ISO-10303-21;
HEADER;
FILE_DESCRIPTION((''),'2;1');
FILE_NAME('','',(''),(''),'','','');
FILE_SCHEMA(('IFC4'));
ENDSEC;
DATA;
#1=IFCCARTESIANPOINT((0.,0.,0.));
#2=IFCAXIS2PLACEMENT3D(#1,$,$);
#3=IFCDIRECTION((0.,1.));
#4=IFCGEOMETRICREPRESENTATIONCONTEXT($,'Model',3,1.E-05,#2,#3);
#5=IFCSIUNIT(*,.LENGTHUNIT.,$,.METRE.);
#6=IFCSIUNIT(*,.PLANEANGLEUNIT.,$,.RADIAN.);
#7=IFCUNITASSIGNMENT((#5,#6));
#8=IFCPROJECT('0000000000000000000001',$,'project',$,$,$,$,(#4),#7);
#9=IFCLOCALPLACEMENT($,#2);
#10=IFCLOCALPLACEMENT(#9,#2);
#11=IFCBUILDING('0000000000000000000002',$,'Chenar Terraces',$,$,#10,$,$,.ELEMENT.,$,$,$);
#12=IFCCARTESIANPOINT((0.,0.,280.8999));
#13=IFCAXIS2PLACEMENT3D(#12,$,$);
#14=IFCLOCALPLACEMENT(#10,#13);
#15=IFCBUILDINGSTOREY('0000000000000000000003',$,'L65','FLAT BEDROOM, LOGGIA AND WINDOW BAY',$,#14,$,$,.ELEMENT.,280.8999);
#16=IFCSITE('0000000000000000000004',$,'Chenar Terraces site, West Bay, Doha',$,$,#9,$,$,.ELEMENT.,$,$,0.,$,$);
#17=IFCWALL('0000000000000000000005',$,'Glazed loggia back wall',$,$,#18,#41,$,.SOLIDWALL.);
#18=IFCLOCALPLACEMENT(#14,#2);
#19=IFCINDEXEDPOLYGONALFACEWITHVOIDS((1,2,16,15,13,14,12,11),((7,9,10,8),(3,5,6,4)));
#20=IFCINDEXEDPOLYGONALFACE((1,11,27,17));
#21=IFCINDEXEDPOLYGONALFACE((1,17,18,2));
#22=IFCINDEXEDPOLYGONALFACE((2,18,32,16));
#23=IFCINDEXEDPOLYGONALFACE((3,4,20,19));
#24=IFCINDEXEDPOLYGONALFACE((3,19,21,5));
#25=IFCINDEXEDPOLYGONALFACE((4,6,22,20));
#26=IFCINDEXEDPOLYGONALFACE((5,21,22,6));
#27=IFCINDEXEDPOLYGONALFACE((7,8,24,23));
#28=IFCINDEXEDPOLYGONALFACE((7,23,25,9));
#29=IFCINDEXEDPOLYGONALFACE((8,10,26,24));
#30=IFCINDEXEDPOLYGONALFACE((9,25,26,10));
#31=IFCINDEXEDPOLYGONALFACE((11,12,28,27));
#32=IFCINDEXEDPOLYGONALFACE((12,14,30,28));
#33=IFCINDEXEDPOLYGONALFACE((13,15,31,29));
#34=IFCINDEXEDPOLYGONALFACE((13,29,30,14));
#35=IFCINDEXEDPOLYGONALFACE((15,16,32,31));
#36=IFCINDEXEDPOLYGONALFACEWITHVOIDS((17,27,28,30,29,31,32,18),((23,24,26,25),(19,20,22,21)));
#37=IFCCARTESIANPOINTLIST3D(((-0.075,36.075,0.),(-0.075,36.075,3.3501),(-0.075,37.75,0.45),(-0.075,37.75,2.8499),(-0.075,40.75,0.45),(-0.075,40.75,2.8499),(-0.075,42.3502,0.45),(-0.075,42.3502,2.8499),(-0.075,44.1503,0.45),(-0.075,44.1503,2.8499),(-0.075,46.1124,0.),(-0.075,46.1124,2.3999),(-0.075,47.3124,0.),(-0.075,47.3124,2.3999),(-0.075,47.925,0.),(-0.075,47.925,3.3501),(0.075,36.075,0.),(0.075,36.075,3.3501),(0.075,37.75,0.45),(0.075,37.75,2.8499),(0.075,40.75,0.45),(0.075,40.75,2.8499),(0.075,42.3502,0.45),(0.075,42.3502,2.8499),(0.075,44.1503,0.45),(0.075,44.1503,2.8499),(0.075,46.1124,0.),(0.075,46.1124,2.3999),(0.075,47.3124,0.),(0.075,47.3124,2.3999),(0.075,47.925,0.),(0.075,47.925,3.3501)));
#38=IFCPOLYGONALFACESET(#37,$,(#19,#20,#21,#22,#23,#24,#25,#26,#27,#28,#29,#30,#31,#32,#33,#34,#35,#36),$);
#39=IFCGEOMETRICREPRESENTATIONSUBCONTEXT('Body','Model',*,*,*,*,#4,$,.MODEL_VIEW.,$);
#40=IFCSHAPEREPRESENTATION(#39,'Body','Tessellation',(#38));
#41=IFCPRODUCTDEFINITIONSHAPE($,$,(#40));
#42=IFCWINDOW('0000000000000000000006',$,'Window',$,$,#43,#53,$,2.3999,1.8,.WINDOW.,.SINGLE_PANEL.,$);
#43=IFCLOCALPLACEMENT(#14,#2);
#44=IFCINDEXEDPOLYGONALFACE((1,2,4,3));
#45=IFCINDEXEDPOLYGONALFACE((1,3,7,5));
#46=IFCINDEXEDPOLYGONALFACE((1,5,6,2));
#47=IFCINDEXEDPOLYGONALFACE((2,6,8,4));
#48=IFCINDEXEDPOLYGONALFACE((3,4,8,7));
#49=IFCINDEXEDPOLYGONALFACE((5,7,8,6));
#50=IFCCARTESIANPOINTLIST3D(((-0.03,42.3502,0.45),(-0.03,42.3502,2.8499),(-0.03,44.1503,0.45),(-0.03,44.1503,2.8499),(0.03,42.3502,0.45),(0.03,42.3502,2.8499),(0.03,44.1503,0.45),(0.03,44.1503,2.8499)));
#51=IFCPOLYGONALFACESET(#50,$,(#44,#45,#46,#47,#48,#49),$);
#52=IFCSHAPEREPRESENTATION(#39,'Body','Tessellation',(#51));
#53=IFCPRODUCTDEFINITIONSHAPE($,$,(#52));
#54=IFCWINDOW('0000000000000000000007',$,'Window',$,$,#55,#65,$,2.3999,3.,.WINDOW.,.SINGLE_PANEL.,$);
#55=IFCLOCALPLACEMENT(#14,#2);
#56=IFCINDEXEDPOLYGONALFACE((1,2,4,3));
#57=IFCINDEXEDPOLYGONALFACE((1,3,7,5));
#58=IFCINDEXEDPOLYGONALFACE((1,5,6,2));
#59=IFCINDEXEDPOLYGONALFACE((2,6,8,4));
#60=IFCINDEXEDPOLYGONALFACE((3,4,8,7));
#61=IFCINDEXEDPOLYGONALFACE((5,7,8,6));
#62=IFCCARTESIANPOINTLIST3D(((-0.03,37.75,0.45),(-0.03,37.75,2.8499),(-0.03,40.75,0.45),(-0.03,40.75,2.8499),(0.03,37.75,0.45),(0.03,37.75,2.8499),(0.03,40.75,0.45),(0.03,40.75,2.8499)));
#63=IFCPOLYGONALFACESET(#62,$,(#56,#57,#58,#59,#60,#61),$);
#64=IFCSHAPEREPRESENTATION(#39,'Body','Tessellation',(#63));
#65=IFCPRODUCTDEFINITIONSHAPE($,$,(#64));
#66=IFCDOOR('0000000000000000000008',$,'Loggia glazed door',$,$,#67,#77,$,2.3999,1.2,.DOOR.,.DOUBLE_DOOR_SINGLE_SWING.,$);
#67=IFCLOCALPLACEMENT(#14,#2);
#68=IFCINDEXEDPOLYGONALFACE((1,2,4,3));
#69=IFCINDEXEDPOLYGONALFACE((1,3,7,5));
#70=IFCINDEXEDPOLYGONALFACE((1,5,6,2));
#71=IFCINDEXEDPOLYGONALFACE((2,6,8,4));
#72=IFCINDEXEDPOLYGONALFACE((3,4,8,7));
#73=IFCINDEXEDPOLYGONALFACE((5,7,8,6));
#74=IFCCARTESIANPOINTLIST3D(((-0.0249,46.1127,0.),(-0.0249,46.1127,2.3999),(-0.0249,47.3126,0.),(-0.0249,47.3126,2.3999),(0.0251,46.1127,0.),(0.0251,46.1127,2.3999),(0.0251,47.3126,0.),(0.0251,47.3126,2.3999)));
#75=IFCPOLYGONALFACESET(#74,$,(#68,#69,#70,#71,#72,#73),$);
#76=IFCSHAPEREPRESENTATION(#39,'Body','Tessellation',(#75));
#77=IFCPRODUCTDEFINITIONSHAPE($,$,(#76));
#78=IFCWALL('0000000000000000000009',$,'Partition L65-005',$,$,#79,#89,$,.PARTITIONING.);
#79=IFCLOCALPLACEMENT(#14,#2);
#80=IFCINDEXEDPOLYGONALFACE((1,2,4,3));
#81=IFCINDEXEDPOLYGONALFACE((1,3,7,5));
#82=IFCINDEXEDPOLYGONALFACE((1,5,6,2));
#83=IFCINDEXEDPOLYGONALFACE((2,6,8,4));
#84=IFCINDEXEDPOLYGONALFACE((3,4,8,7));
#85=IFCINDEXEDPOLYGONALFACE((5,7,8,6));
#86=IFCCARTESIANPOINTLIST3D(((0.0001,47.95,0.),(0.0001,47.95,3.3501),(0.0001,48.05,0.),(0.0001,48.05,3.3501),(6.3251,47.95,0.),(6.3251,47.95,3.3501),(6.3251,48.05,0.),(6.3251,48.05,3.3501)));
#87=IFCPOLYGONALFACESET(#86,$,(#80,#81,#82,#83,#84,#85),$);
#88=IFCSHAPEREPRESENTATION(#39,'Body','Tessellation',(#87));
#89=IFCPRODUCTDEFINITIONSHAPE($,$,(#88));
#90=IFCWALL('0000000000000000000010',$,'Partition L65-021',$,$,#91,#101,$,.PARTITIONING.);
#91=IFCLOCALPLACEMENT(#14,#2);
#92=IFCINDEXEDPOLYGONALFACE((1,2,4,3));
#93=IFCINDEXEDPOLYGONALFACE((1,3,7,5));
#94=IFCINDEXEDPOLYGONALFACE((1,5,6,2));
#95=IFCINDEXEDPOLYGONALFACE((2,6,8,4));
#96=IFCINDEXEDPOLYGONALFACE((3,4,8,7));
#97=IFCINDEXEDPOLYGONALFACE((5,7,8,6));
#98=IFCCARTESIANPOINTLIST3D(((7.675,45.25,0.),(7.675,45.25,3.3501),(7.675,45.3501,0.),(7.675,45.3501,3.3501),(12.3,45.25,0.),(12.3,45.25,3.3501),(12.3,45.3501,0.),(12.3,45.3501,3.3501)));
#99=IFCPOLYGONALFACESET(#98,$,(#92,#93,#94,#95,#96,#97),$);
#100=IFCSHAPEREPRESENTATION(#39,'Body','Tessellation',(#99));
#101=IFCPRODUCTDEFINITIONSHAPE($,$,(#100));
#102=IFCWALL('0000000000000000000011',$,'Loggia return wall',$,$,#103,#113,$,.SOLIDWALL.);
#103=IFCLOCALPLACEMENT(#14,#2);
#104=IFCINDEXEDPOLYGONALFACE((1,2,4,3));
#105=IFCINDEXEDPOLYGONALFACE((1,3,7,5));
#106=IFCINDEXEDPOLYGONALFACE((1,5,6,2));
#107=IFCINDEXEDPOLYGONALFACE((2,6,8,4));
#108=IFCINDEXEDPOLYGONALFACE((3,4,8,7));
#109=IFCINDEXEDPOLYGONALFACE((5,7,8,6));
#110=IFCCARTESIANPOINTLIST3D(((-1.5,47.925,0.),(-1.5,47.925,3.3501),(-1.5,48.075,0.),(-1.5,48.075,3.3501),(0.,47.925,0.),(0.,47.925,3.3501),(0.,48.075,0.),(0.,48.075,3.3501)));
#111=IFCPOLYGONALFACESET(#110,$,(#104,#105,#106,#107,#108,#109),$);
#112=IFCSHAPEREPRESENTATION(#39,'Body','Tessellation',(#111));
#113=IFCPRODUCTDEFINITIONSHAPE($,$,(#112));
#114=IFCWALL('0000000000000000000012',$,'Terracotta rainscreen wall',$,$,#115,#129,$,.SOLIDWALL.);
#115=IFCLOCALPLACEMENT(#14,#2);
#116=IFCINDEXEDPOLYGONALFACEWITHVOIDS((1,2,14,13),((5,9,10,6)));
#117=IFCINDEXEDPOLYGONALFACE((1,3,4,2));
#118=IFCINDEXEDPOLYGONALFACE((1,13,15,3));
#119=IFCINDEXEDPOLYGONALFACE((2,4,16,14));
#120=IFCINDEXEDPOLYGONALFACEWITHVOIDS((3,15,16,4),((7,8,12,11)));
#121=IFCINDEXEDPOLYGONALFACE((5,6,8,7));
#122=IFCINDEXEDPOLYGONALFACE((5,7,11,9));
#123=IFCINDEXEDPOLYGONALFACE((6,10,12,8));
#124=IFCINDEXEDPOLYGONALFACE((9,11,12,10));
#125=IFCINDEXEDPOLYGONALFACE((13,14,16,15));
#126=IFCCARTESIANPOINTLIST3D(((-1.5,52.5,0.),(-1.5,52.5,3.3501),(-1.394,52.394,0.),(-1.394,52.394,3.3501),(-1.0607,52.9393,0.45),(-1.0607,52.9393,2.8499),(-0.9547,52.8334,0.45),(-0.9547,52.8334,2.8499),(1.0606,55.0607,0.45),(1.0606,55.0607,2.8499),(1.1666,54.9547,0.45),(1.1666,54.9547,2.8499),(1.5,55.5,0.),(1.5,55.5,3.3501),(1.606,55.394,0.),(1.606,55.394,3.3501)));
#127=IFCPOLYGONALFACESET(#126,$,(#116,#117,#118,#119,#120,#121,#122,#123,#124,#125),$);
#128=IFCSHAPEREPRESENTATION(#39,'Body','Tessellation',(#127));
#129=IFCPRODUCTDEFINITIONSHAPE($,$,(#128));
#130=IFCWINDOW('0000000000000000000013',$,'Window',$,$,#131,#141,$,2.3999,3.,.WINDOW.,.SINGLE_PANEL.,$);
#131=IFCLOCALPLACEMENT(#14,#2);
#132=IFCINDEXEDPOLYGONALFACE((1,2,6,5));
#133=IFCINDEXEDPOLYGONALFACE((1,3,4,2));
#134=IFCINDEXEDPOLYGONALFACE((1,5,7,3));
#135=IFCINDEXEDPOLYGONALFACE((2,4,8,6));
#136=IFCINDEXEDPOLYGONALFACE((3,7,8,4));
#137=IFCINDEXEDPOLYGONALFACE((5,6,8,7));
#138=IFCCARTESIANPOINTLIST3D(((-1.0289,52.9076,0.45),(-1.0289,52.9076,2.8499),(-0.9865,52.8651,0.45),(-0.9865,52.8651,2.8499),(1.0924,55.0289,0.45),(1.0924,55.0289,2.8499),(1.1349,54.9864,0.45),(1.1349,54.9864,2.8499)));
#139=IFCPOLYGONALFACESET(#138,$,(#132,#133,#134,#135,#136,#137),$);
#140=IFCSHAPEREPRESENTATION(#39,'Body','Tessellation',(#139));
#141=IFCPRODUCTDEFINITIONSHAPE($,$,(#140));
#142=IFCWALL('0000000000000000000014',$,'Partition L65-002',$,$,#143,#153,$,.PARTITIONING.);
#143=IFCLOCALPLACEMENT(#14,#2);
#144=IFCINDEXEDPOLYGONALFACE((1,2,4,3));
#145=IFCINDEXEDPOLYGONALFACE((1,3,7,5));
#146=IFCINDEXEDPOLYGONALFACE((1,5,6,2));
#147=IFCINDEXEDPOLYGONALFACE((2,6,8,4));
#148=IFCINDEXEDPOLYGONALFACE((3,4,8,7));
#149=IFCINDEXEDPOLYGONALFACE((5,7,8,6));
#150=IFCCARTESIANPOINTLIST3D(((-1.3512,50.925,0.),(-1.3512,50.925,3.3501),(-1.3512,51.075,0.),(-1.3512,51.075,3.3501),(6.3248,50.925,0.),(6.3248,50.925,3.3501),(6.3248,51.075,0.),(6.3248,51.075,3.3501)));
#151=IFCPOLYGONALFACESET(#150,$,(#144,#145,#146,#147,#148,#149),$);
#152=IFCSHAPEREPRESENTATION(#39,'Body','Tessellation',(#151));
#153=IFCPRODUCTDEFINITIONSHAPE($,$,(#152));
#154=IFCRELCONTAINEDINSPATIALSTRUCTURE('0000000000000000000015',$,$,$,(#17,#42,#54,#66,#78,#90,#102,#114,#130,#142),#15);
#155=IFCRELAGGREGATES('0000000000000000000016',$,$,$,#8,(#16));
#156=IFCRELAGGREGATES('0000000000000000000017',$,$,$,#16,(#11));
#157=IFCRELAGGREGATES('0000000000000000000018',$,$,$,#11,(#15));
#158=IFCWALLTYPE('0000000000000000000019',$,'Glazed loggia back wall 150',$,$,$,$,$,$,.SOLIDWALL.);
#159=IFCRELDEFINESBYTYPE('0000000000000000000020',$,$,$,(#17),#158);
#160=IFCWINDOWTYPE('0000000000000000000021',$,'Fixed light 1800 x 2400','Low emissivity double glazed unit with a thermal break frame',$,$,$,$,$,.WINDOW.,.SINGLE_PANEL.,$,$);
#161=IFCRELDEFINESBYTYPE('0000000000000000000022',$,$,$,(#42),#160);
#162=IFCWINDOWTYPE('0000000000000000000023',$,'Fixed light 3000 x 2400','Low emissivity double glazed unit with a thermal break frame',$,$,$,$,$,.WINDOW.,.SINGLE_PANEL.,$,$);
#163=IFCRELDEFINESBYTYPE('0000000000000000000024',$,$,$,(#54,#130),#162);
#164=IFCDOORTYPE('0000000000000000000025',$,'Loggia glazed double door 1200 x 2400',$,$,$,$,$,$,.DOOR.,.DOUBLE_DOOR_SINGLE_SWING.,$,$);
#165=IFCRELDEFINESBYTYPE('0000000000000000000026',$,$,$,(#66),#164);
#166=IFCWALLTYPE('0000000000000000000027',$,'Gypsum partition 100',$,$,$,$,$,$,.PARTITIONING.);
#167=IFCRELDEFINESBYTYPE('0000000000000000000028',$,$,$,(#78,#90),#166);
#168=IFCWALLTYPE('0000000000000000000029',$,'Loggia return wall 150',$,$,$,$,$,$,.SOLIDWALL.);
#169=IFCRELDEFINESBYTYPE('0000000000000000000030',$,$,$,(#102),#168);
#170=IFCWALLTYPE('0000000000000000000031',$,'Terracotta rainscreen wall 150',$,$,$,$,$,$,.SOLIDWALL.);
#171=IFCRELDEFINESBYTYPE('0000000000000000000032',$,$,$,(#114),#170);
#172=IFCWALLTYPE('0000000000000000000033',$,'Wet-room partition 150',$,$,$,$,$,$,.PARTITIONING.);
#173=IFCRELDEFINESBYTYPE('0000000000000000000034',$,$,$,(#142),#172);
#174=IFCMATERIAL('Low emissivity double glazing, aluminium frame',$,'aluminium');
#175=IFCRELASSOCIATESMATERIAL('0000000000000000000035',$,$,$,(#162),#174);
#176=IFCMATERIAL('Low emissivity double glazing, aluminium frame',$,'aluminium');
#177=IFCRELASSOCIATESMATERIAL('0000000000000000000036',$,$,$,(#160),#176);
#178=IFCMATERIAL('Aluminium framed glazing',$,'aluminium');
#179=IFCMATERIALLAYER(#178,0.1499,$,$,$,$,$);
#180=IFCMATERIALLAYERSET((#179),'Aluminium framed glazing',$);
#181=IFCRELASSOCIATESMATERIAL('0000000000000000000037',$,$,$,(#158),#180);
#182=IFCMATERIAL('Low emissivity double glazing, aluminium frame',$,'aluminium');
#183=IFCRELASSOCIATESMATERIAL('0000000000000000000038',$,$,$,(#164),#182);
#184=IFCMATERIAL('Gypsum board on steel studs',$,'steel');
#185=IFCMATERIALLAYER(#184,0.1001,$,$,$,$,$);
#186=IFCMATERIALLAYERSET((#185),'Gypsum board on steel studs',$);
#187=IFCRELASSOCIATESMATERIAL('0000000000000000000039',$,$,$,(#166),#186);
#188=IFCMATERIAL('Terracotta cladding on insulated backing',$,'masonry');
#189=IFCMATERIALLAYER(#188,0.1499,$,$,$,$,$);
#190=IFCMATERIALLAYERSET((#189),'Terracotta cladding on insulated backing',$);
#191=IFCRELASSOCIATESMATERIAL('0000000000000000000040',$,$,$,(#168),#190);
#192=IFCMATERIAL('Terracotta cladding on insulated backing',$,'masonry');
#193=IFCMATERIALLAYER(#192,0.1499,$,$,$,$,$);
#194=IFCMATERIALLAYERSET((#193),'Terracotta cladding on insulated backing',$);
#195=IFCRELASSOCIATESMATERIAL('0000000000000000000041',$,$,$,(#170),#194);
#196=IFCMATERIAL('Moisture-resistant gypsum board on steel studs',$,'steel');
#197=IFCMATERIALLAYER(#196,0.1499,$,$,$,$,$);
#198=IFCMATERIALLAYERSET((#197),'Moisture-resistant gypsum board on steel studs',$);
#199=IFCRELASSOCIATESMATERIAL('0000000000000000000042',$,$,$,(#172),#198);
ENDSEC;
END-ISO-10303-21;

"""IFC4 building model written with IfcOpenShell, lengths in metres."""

from ifc_helpers import new_model, si_unit, direction, frame, frame_2d, origin, place, context, subcontext, project, spatial, rectangle, extrude, material, layer, layer_set, type_object, element, fill, save


model = new_model("IFC4")

# Units and contexts
model_context = context("Model", 3, precision=1e-05, world=origin(), true_north=direction((0.0, 1.0)))
body_context = subcontext(model_context, "Body", "Model", "MODEL_VIEW")
ifc_project = project(units=[si_unit("LENGTHUNIT", "METRE"), si_unit("PLANEANGLEUNIT", "RADIAN")], contexts=[model_context])

# Site, building, storey
site_placement = place(None, origin())
site = spatial("IfcSite", under=ifc_project, at=site_placement, Name="Chenar Terraces site, West Bay, Doha", CompositionType="ELEMENT", RefElevation=0.0)
building_placement = place(site_placement, origin())
building = spatial("IfcBuilding", under=site, at=building_placement, Name="Chenar Terraces", CompositionType="ELEMENT")
storey_placement = place(building_placement, frame((0.0, 0.0, 280.8999)))
storey = spatial("IfcBuildingStorey", under=building, at=storey_placement, Name="L65", Description="FLAT BEDROOM, LOGGIA AND WINDOW BAY", CompositionType="ELEMENT", Elevation=280.8999)

# Shared definitions
ifc_material_1 = material(Name="Low emissivity double glazing, aluminium frame", Category="aluminium")
window_type_1 = type_object("IfcWindowType", Name="Fixed light 3000 x 2400", Description="Low emissivity double glazed unit with a thermal break frame", PartitioningType="SINGLE_PANEL", PredefinedType="WINDOW", material=ifc_material_1)
ifc_material_2 = material(Name="Low emissivity double glazing, aluminium frame", Category="aluminium")
window_type_2 = type_object("IfcWindowType", Name="Fixed light 1800 x 2400", Description="Low emissivity double glazed unit with a thermal break frame", PartitioningType="SINGLE_PANEL", PredefinedType="WINDOW", material=ifc_material_2)

# Wall, openings, windows, door
ifc_material_3 = material(Name="Aluminium framed glazing", Category="aluminium")
ifc_layer_1 = layer(ifc_material_3, 0.1499)
ifc_layer_set_1 = layer_set([ifc_layer_1], Name="Aluminium framed glazing")
wall_type_1 = type_object("IfcWallType", Name="Glazed loggia back wall 150", PredefinedType="SOLIDWALL", material=ifc_layer_set_1)
wall_1_placement = place(storey_placement, frame((0.0, 47.925, 0.0), z_axis=(0.0, 0.0, 1.0), x_axis=(0.0, -1.0, 0.0)))
wall_1 = element("IfcWall", 1, at=wall_1_placement, inside=storey, type_object=wall_type_1, Name="Glazed loggia back wall", PredefinedType="SOLIDWALL", context=body_context, shape_type="SweptSolid", body=[
    extrude(rectangle(XDim=11.8501, YDim=0.1499, at=frame_2d((5.925, 0.0))), origin(), (0.0, 0.0, 1.0), 3.3501),
])
opening_1_placement = place(wall_1_placement, frame((0.6125, 0.0, 0.0)))
opening_1 = element("IfcOpeningElement", 2, at=opening_1_placement, cuts=wall_1, PredefinedType="OPENING", context=body_context, shape_type="SweptSolid", body=[
    extrude(rectangle(XDim=1.2, YDim=2.3999, at=frame_2d((0.6001, 1.2))), frame((0.0, 0.085, 0.0), z_axis=(0.0, -1.0, 0.0), x_axis=(1.0, 0.0, 0.0)), (0.0, 0.0, 1.0), 0.1699),
])
opening_2_placement = place(wall_1_placement, frame((3.7749, 0.0, 0.45)))
opening_2 = element("IfcOpeningElement", 3, at=opening_2_placement, cuts=wall_1, PredefinedType="OPENING", context=body_context, shape_type="SweptSolid", body=[
    extrude(rectangle(XDim=1.8, YDim=2.3999, at=frame_2d((0.8999, 1.2))), frame((0.0, 0.085, 0.0), z_axis=(0.0, -1.0, 0.0), x_axis=(1.0, 0.0, 0.0)), (0.0, 0.0, 1.0), 0.1699),
])
opening_3_placement = place(wall_1_placement, frame((7.175, 0.0, 0.45)))
opening_3 = element("IfcOpeningElement", 4, at=opening_3_placement, cuts=wall_1, PredefinedType="OPENING", context=body_context, shape_type="SweptSolid", body=[
    extrude(rectangle(XDim=3.0, YDim=2.3999, at=frame_2d((1.5, 1.2))), frame((0.0, 0.085, 0.0), z_axis=(0.0, -1.0, 0.0), x_axis=(1.0, 0.0, 0.0)), (0.0, 0.0, 1.0), 0.1699),
])
window_1_placement = place(opening_2_placement, origin())
window_1 = element("IfcWindow", 5, at=window_1_placement, inside=storey, type_object=window_type_2, Name="Window", OverallHeight=2.3999, OverallWidth=1.8, PartitioningType="SINGLE_PANEL", PredefinedType="WINDOW", context=body_context, shape_type="SweptSolid", body=[
    extrude(rectangle(XDim=1.8, YDim=2.3999, at=frame_2d((0.8999, 1.2))), frame((0.0, 0.03, 0.0), z_axis=(0.0, -1.0, 0.0), x_axis=(1.0, 0.0, 0.0)), (0.0, 0.0, 1.0), 0.0601),
])
fill(opening_2, window_1)
window_2_placement = place(opening_3_placement, origin())
window_2 = element("IfcWindow", 6, at=window_2_placement, inside=storey, type_object=window_type_1, Name="Window", OverallHeight=2.3999, OverallWidth=3.0, PartitioningType="SINGLE_PANEL", PredefinedType="WINDOW", context=body_context, shape_type="SweptSolid", body=[
    extrude(rectangle(XDim=3.0, YDim=2.3999, at=frame_2d((1.5, 1.2))), frame((0.0, 0.03, 0.0), z_axis=(0.0, -1.0, 0.0), x_axis=(1.0, 0.0, 0.0)), (0.0, 0.0, 1.0), 0.0601),
])
fill(opening_3, window_2)
ifc_material_4 = material(Name="Low emissivity double glazing, aluminium frame", Category="aluminium")
door_type_1 = type_object("IfcDoorType", Name="Loggia glazed double door 1200 x 2400", OperationType="DOUBLE_DOOR_SINGLE_SWING", PredefinedType="DOOR", material=ifc_material_4)
door_1_placement = place(opening_1_placement, frame((1.2, 0.0, 0.0), z_axis=(0.0, 0.0, 1.0), x_axis=(-1.0, 0.0, 0.0)))
door_1 = element("IfcDoor", 7, at=door_1_placement, inside=storey, type_object=door_type_1, Name="Loggia glazed door", OperationType="DOUBLE_DOOR_SINGLE_SWING", OverallHeight=2.3999, OverallWidth=1.2, PredefinedType="DOOR", context=body_context, shape_type="SweptSolid", body=[
    extrude(rectangle(XDim=1.2, YDim=2.3999, at=frame_2d((0.6001, 1.2))), frame((0.0, 0.0249, 0.0), z_axis=(0.0, -1.0, 0.0), x_axis=(1.0, 0.0, 0.0)), (0.0, 0.0, 1.0), 0.05),
])
fill(opening_1, door_1)

# Walls
ifc_material_5 = material(Name="Gypsum board on steel studs", Category="steel")
ifc_layer_2 = layer(ifc_material_5, 0.1001)
ifc_layer_set_2 = layer_set([ifc_layer_2], Name="Gypsum board on steel studs")
wall_type_2 = type_object("IfcWallType", Name="Gypsum partition 100", PredefinedType="PARTITIONING", material=ifc_layer_set_2)
wall_2_placement = place(storey_placement, frame((0.0, 48.0, 0.0), z_axis=(0.0, 0.0, 1.0), x_axis=(1.0, 0.0, 0.0)))
element("IfcWall", 8, at=wall_2_placement, inside=storey, type_object=wall_type_2, Name="Partition L65-005", PredefinedType="PARTITIONING", context=body_context, shape_type="SweptSolid", body=[
    extrude(rectangle(XDim=6.325, YDim=0.1001, at=frame_2d((3.1626, 0.0))), origin(), (0.0, 0.0, 1.0), 3.3501),
])
wall_3_placement = place(storey_placement, frame((7.675, 45.3, 0.0), z_axis=(0.0, 0.0, 1.0), x_axis=(1.0, 0.0, 0.0)))
element("IfcWall", 9, at=wall_3_placement, inside=storey, type_object=wall_type_2, Name="Partition L65-021", PredefinedType="PARTITIONING", context=body_context, shape_type="SweptSolid", body=[
    extrude(rectangle(XDim=4.625, YDim=0.1001, at=frame_2d((2.3125, 0.0))), origin(), (0.0, 0.0, 1.0), 3.3501),
])
ifc_material_6 = material(Name="Terracotta cladding on insulated backing", Category="masonry")
ifc_layer_3 = layer(ifc_material_6, 0.1499)
ifc_layer_set_3 = layer_set([ifc_layer_3], Name="Terracotta cladding on insulated backing")
wall_type_3 = type_object("IfcWallType", Name="Loggia return wall 150", PredefinedType="SOLIDWALL", material=ifc_layer_set_3)
wall_4_placement = place(storey_placement, frame((-1.5, 48.0, 0.0), z_axis=(0.0, 0.0, 1.0), x_axis=(1.0, 0.0, 0.0)))
element("IfcWall", 10, at=wall_4_placement, inside=storey, type_object=wall_type_3, Name="Loggia return wall", PredefinedType="SOLIDWALL", context=body_context, shape_type="SweptSolid", body=[
    extrude(rectangle(XDim=1.5, YDim=0.1499, at=frame_2d((0.75, 0.0))), origin(), (0.0, 0.0, 1.0), 3.3501),
])

# Wall, opening, window
ifc_material_7 = material(Name="Terracotta cladding on insulated backing", Category="masonry")
ifc_layer_4 = layer(ifc_material_7, 0.1499)
ifc_layer_set_4 = layer_set([ifc_layer_4], Name="Terracotta cladding on insulated backing")
wall_type_4 = type_object("IfcWallType", Name="Terracotta rainscreen wall 150", PredefinedType="SOLIDWALL", material=ifc_layer_set_4)
wall_5_placement = place(storey_placement, frame((1.553, 55.447, 0.0), z_axis=(0.0, 0.0, 1.0), x_axis=(-0.707107, -0.707107, 0.0)))
wall_5 = element("IfcWall", 11, at=wall_5_placement, inside=storey, type_object=wall_type_4, Name="Terracotta rainscreen wall", PredefinedType="SOLIDWALL", context=body_context, shape_type="SweptSolid", body=[
    extrude(rectangle(XDim=4.2427, YDim=0.1499, at=frame_2d((2.1213, 0.0))), origin(), (0.0, 0.0, 1.0), 3.3501),
])
opening_4_placement = place(wall_5_placement, frame((0.6213, 0.0, 0.45)))
opening_4 = element("IfcOpeningElement", 12, at=opening_4_placement, cuts=wall_5, PredefinedType="OPENING", context=body_context, shape_type="SweptSolid", body=[
    extrude(rectangle(XDim=3.0, YDim=2.3999, at=frame_2d((1.5, 1.2))), frame((0.0, 0.085, 0.0), z_axis=(0.0, -1.0, 0.0), x_axis=(1.0, 0.0, 0.0)), (0.0, 0.0, 1.0), 0.1699),
])
window_3_placement = place(opening_4_placement, origin())
window_3 = element("IfcWindow", 13, at=window_3_placement, inside=storey, type_object=window_type_1, Name="Window", OverallHeight=2.3999, OverallWidth=3.0, PartitioningType="SINGLE_PANEL", PredefinedType="WINDOW", context=body_context, shape_type="SweptSolid", body=[
    extrude(rectangle(XDim=3.0, YDim=2.3999, at=frame_2d((1.5, 1.2))), frame((0.0, 0.03, 0.0), z_axis=(0.0, -1.0, 0.0), x_axis=(1.0, 0.0, 0.0)), (0.0, 0.0, 1.0), 0.0601),
])
fill(opening_4, window_3)

# Wall
ifc_material_8 = material(Name="Moisture-resistant gypsum board on steel studs", Category="steel")
ifc_layer_5 = layer(ifc_material_8, 0.1499)
ifc_layer_set_5 = layer_set([ifc_layer_5], Name="Moisture-resistant gypsum board on steel studs")
wall_type_5 = type_object("IfcWallType", Name="Wet-room partition 150", PredefinedType="PARTITIONING", material=ifc_layer_set_5)
wall_6_placement = place(storey_placement, frame((-1.3511, 51.0, 0.0), z_axis=(0.0, 0.0, 1.0), x_axis=(1.0, 0.0, 0.0)))
element("IfcWall", 14, at=wall_6_placement, inside=storey, type_object=wall_type_5, Name="Partition L65-002", PredefinedType="PARTITIONING", context=body_context, shape_type="SweptSolid", body=[
    extrude(rectangle(XDim=7.676, YDim=0.1499, at=frame_2d((3.8379, 0.0))), origin(), (0.0, 0.0, 1.0), 3.3501),
])

save(model, "model.ifc")
